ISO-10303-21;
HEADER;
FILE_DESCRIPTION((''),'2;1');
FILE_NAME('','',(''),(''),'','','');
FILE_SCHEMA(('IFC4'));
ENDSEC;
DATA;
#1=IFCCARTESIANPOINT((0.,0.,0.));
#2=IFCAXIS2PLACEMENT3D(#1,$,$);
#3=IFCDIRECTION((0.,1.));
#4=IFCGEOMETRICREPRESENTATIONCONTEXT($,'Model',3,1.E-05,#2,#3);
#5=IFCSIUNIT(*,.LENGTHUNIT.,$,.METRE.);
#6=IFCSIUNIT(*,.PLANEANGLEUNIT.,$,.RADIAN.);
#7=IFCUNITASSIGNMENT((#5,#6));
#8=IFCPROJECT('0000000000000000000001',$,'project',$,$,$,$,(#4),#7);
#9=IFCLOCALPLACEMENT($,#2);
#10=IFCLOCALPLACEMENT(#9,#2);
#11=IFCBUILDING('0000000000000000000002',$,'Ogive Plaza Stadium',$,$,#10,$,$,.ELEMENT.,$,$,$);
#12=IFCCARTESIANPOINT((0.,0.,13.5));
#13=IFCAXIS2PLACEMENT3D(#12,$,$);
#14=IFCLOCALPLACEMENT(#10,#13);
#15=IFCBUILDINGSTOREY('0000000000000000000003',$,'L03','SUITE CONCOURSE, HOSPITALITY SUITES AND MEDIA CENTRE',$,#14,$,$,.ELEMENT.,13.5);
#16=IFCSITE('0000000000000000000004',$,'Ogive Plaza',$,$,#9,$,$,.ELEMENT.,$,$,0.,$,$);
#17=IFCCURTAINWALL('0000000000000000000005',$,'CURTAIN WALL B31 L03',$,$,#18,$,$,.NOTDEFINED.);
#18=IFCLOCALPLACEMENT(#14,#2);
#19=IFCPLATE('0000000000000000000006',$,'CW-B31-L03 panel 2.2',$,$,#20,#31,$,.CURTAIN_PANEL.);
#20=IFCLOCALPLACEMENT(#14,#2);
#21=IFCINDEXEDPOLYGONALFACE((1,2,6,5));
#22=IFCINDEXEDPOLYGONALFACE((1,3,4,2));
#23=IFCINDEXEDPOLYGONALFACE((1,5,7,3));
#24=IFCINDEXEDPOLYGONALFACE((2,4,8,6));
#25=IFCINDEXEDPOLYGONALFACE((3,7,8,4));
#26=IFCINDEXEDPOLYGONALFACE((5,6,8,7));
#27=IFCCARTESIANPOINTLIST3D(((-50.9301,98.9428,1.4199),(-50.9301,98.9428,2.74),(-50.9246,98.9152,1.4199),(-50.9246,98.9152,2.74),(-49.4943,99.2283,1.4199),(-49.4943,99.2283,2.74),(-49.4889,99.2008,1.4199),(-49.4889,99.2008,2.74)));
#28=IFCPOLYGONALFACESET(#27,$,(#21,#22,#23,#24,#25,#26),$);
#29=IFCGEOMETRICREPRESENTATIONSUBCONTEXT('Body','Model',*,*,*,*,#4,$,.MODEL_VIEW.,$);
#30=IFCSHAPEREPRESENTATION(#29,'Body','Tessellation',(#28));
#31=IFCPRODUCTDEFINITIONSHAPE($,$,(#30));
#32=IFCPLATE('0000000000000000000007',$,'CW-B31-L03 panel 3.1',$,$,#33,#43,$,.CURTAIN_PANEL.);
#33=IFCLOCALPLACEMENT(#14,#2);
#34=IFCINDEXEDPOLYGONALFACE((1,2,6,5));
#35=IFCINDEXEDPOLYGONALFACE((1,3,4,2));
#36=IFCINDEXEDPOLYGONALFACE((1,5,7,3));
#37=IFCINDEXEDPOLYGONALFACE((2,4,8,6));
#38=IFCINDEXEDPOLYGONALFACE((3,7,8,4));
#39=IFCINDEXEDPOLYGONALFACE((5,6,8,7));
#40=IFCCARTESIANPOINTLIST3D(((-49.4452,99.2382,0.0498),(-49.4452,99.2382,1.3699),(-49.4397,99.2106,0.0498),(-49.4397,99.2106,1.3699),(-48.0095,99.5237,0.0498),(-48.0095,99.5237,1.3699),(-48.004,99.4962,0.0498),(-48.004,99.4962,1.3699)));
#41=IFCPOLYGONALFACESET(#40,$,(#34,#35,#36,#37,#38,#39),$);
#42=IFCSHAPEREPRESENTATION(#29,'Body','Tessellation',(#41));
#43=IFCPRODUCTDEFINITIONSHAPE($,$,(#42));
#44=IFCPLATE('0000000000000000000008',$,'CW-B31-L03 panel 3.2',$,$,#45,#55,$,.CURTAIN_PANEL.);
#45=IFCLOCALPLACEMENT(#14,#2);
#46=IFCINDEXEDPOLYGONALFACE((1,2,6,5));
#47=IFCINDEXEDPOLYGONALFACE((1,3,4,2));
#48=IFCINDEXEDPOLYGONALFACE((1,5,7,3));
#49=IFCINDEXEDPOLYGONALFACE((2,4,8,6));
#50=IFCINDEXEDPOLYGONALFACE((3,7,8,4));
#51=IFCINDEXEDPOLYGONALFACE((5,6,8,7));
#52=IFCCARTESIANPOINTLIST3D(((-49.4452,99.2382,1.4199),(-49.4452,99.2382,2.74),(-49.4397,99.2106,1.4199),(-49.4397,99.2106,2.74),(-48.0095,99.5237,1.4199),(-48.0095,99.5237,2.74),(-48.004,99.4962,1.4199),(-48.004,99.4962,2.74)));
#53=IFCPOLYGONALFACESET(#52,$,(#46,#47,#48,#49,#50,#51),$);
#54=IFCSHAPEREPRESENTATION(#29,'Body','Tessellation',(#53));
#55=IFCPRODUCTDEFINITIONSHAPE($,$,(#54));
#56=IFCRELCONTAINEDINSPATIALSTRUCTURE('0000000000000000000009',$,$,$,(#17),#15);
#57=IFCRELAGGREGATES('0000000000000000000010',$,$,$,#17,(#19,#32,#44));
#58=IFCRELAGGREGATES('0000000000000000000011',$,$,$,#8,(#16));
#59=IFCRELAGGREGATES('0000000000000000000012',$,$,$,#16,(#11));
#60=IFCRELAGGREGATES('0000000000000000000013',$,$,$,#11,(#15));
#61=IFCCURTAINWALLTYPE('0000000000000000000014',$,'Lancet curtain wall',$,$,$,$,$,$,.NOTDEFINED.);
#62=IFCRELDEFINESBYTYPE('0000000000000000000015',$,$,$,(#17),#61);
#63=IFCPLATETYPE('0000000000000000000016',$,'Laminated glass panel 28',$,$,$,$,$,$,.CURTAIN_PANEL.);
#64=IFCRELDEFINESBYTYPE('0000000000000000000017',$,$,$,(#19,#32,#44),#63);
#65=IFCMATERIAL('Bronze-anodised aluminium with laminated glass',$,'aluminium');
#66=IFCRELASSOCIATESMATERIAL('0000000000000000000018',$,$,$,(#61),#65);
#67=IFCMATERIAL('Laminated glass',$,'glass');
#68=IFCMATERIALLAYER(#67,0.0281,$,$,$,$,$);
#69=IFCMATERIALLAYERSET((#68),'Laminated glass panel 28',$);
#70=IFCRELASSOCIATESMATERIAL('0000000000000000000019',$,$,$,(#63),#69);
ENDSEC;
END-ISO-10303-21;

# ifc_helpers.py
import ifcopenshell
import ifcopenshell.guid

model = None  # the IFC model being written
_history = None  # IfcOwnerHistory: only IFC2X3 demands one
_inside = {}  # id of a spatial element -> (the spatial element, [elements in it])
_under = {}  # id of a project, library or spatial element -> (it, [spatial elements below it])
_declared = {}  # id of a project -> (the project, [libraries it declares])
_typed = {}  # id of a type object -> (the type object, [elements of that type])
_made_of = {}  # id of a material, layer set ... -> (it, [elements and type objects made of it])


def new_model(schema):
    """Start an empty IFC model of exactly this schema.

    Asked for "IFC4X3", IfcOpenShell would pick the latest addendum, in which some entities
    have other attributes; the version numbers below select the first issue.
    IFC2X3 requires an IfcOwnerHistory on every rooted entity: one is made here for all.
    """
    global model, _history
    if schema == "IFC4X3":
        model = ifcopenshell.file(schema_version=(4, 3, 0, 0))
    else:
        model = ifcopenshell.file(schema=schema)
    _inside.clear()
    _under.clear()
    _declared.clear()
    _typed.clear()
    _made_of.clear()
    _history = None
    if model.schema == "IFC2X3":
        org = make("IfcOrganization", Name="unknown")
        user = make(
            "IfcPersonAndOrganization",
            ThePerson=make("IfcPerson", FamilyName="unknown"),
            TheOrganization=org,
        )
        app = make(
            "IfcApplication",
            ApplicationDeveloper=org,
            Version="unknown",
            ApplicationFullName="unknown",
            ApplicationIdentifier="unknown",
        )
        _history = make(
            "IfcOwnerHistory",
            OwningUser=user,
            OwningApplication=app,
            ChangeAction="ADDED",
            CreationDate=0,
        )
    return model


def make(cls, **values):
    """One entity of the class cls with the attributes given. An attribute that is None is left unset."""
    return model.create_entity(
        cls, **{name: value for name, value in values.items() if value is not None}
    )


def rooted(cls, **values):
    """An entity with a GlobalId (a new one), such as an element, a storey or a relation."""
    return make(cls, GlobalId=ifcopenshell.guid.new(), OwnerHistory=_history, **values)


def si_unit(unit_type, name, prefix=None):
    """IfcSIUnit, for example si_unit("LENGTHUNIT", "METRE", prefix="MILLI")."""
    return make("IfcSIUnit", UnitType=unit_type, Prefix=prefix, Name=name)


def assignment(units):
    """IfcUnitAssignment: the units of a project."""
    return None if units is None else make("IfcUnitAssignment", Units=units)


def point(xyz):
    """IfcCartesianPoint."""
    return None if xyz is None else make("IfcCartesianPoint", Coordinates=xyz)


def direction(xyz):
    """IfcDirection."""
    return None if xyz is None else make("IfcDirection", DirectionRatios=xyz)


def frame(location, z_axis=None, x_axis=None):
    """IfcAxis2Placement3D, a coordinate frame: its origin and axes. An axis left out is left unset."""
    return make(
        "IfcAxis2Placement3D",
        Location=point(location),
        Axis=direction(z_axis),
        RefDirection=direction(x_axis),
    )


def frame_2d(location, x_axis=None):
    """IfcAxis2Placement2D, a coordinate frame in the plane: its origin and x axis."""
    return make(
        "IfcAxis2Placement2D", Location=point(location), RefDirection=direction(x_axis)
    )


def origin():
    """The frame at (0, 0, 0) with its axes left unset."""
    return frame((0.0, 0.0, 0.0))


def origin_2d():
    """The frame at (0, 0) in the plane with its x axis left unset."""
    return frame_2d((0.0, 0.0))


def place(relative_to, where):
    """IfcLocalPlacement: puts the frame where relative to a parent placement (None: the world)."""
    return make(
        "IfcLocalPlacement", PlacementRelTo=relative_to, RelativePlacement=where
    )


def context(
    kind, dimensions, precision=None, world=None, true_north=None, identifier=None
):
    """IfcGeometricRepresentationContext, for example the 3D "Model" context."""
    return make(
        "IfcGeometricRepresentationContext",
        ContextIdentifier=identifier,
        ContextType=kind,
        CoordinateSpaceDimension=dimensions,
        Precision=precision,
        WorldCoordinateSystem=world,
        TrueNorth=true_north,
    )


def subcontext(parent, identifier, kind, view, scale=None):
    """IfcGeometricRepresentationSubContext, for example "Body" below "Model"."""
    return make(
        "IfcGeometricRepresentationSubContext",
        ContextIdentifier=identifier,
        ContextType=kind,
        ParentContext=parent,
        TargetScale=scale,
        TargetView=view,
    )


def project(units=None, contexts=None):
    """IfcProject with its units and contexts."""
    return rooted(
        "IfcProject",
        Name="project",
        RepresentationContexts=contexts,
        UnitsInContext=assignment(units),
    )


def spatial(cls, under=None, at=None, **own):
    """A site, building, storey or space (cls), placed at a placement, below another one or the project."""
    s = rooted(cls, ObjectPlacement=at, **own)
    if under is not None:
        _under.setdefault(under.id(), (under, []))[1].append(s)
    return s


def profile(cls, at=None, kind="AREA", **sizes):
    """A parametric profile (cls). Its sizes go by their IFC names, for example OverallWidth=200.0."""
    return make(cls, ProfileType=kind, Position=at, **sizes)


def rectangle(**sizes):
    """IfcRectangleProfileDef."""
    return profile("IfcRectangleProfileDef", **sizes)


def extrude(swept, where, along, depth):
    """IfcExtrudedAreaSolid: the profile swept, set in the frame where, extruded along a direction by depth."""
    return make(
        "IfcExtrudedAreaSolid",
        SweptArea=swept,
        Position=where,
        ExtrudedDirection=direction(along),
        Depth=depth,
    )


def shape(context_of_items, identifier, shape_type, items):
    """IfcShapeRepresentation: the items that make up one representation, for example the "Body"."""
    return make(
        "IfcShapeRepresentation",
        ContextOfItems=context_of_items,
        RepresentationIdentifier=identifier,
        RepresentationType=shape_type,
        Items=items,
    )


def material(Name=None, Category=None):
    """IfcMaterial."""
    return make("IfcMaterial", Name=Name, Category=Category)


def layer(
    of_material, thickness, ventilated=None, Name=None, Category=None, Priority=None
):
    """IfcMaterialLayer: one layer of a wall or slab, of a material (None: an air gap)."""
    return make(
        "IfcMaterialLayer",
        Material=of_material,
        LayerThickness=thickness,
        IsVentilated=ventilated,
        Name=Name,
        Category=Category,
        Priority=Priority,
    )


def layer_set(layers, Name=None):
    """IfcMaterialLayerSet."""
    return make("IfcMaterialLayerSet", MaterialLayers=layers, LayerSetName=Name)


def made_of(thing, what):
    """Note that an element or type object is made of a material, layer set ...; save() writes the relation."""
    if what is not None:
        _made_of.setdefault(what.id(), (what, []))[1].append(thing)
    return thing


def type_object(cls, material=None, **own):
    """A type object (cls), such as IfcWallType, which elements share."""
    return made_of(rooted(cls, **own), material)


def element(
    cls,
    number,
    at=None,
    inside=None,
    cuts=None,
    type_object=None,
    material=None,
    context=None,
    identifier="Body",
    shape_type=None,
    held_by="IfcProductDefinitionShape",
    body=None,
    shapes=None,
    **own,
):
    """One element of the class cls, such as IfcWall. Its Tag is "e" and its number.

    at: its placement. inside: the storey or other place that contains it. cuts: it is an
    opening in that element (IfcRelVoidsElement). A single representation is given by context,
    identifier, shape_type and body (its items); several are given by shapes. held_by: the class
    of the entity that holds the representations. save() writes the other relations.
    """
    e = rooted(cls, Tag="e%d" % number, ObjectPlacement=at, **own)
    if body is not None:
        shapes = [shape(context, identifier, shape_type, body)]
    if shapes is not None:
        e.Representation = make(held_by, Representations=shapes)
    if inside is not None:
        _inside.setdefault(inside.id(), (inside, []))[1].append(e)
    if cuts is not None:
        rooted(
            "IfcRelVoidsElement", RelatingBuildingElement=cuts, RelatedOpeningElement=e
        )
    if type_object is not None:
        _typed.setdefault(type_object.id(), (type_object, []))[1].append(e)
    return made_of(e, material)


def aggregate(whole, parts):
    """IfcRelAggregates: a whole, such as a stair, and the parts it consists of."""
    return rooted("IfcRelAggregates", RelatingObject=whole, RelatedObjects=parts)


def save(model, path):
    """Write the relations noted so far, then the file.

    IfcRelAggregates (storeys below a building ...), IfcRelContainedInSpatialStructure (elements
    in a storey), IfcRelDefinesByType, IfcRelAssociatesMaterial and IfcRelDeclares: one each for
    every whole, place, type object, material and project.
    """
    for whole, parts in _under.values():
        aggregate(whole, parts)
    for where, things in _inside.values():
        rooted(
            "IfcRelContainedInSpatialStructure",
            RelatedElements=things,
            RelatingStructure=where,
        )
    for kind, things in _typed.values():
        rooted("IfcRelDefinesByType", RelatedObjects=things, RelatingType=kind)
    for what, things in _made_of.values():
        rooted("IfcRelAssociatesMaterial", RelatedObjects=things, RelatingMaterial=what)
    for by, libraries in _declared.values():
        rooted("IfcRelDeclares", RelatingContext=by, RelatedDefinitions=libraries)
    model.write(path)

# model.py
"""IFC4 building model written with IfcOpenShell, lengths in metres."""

from ifc_helpers import new_model, si_unit, direction, frame, origin, origin_2d, place, context, subcontext, project, spatial, rectangle, extrude, material, layer, layer_set, type_object, element, aggregate, save


model = new_model("IFC4")

# Units and contexts
model_context = context("Model", 3, precision=1e-05, world=origin(), true_north=direction((0.0, 1.0)))
body_context = subcontext(model_context, "Body", "Model", "MODEL_VIEW")
ifc_project = project(units=[si_unit("LENGTHUNIT", "METRE"), si_unit("PLANEANGLEUNIT", "RADIAN")], contexts=[model_context])

# Site, building, storey
site_placement = place(None, origin())
site = spatial("IfcSite", under=ifc_project, at=site_placement, Name="Ogive Plaza", CompositionType="ELEMENT", RefElevation=0.0)
building_placement = place(site_placement, origin())
building = spatial("IfcBuilding", under=site, at=building_placement, Name="Ogive Plaza Stadium", CompositionType="ELEMENT")
storey_placement = place(building_placement, frame((0.0, 0.0, 13.5)))
storey = spatial("IfcBuildingStorey", under=building, at=storey_placement, Name="L03", Description="SUITE CONCOURSE, HOSPITALITY SUITES AND MEDIA CENTRE", CompositionType="ELEMENT", Elevation=13.5)

# Curtain wall
ifc_material_1 = material(Name="Bronze-anodised aluminium with laminated glass", Category="aluminium")
curtain_wall_type = type_object("IfcCurtainWallType", Name="Lancet curtain wall", PredefinedType="NOTDEFINED", material=ifc_material_1)
curtain_wall_1_placement = place(storey_placement, origin())
curtain_wall_1 = element("IfcCurtainWall", 1, at=curtain_wall_1_placement, inside=storey, type_object=curtain_wall_type, Name="CURTAIN WALL B31 L03", PredefinedType="NOTDEFINED")

# Plates
ifc_material_2 = material(Name="Laminated glass", Category="glass")
ifc_layer = layer(ifc_material_2, 0.0281)
ifc_layer_set = layer_set([ifc_layer], Name="Laminated glass panel 28")
plate_type = type_object("IfcPlateType", Name="Laminated glass panel 28", PredefinedType="CURTAIN_PANEL", material=ifc_layer_set)
plate_1_placement = place(storey_placement, frame((-50.2095, 99.0718, 1.4199), z_axis=(0.0, 0.0, 1.0), x_axis=(0.980785, 0.19509, 0.0)))
plate_1 = element("IfcPlate", 2, at=plate_1_placement, type_object=plate_type, Name="CW-B31-L03 panel 2.2", PredefinedType="CURTAIN_PANEL", context=body_context, shape_type="SweptSolid", body=[
    extrude(rectangle(XDim=1.4639, YDim=0.0281, at=origin_2d()), origin(), (0.0, 0.0, 1.0), 1.3201),
])
plate_2_placement = place(storey_placement, frame((-48.7246, 99.3672, 0.0498), z_axis=(0.0, 0.0, 1.0), x_axis=(0.980785, 0.19509, 0.0)))
plate_2 = element("IfcPlate", 3, at=plate_2_placement, type_object=plate_type, Name="CW-B31-L03 panel 3.1", PredefinedType="CURTAIN_PANEL", context=body_context, shape_type="SweptSolid", body=[
    extrude(rectangle(XDim=1.4639, YDim=0.0281, at=origin_2d()), origin(), (0.0, 0.0, 1.0), 1.3201),
])
plate_3_placement = place(storey_placement, frame((-48.7246, 99.3672, 1.4199), z_axis=(0.0, 0.0, 1.0), x_axis=(0.980785, 0.19509, 0.0)))
plate_3 = element("IfcPlate", 4, at=plate_3_placement, type_object=plate_type, Name="CW-B31-L03 panel 3.2", PredefinedType="CURTAIN_PANEL", context=body_context, shape_type="SweptSolid", body=[
    extrude(rectangle(XDim=1.4639, YDim=0.0281, at=origin_2d()), origin(), (0.0, 0.0, 1.0), 1.3201),
])
aggregate(curtain_wall_1, [plate_1, plate_2, plate_3])

save(model, "model.ifc")
